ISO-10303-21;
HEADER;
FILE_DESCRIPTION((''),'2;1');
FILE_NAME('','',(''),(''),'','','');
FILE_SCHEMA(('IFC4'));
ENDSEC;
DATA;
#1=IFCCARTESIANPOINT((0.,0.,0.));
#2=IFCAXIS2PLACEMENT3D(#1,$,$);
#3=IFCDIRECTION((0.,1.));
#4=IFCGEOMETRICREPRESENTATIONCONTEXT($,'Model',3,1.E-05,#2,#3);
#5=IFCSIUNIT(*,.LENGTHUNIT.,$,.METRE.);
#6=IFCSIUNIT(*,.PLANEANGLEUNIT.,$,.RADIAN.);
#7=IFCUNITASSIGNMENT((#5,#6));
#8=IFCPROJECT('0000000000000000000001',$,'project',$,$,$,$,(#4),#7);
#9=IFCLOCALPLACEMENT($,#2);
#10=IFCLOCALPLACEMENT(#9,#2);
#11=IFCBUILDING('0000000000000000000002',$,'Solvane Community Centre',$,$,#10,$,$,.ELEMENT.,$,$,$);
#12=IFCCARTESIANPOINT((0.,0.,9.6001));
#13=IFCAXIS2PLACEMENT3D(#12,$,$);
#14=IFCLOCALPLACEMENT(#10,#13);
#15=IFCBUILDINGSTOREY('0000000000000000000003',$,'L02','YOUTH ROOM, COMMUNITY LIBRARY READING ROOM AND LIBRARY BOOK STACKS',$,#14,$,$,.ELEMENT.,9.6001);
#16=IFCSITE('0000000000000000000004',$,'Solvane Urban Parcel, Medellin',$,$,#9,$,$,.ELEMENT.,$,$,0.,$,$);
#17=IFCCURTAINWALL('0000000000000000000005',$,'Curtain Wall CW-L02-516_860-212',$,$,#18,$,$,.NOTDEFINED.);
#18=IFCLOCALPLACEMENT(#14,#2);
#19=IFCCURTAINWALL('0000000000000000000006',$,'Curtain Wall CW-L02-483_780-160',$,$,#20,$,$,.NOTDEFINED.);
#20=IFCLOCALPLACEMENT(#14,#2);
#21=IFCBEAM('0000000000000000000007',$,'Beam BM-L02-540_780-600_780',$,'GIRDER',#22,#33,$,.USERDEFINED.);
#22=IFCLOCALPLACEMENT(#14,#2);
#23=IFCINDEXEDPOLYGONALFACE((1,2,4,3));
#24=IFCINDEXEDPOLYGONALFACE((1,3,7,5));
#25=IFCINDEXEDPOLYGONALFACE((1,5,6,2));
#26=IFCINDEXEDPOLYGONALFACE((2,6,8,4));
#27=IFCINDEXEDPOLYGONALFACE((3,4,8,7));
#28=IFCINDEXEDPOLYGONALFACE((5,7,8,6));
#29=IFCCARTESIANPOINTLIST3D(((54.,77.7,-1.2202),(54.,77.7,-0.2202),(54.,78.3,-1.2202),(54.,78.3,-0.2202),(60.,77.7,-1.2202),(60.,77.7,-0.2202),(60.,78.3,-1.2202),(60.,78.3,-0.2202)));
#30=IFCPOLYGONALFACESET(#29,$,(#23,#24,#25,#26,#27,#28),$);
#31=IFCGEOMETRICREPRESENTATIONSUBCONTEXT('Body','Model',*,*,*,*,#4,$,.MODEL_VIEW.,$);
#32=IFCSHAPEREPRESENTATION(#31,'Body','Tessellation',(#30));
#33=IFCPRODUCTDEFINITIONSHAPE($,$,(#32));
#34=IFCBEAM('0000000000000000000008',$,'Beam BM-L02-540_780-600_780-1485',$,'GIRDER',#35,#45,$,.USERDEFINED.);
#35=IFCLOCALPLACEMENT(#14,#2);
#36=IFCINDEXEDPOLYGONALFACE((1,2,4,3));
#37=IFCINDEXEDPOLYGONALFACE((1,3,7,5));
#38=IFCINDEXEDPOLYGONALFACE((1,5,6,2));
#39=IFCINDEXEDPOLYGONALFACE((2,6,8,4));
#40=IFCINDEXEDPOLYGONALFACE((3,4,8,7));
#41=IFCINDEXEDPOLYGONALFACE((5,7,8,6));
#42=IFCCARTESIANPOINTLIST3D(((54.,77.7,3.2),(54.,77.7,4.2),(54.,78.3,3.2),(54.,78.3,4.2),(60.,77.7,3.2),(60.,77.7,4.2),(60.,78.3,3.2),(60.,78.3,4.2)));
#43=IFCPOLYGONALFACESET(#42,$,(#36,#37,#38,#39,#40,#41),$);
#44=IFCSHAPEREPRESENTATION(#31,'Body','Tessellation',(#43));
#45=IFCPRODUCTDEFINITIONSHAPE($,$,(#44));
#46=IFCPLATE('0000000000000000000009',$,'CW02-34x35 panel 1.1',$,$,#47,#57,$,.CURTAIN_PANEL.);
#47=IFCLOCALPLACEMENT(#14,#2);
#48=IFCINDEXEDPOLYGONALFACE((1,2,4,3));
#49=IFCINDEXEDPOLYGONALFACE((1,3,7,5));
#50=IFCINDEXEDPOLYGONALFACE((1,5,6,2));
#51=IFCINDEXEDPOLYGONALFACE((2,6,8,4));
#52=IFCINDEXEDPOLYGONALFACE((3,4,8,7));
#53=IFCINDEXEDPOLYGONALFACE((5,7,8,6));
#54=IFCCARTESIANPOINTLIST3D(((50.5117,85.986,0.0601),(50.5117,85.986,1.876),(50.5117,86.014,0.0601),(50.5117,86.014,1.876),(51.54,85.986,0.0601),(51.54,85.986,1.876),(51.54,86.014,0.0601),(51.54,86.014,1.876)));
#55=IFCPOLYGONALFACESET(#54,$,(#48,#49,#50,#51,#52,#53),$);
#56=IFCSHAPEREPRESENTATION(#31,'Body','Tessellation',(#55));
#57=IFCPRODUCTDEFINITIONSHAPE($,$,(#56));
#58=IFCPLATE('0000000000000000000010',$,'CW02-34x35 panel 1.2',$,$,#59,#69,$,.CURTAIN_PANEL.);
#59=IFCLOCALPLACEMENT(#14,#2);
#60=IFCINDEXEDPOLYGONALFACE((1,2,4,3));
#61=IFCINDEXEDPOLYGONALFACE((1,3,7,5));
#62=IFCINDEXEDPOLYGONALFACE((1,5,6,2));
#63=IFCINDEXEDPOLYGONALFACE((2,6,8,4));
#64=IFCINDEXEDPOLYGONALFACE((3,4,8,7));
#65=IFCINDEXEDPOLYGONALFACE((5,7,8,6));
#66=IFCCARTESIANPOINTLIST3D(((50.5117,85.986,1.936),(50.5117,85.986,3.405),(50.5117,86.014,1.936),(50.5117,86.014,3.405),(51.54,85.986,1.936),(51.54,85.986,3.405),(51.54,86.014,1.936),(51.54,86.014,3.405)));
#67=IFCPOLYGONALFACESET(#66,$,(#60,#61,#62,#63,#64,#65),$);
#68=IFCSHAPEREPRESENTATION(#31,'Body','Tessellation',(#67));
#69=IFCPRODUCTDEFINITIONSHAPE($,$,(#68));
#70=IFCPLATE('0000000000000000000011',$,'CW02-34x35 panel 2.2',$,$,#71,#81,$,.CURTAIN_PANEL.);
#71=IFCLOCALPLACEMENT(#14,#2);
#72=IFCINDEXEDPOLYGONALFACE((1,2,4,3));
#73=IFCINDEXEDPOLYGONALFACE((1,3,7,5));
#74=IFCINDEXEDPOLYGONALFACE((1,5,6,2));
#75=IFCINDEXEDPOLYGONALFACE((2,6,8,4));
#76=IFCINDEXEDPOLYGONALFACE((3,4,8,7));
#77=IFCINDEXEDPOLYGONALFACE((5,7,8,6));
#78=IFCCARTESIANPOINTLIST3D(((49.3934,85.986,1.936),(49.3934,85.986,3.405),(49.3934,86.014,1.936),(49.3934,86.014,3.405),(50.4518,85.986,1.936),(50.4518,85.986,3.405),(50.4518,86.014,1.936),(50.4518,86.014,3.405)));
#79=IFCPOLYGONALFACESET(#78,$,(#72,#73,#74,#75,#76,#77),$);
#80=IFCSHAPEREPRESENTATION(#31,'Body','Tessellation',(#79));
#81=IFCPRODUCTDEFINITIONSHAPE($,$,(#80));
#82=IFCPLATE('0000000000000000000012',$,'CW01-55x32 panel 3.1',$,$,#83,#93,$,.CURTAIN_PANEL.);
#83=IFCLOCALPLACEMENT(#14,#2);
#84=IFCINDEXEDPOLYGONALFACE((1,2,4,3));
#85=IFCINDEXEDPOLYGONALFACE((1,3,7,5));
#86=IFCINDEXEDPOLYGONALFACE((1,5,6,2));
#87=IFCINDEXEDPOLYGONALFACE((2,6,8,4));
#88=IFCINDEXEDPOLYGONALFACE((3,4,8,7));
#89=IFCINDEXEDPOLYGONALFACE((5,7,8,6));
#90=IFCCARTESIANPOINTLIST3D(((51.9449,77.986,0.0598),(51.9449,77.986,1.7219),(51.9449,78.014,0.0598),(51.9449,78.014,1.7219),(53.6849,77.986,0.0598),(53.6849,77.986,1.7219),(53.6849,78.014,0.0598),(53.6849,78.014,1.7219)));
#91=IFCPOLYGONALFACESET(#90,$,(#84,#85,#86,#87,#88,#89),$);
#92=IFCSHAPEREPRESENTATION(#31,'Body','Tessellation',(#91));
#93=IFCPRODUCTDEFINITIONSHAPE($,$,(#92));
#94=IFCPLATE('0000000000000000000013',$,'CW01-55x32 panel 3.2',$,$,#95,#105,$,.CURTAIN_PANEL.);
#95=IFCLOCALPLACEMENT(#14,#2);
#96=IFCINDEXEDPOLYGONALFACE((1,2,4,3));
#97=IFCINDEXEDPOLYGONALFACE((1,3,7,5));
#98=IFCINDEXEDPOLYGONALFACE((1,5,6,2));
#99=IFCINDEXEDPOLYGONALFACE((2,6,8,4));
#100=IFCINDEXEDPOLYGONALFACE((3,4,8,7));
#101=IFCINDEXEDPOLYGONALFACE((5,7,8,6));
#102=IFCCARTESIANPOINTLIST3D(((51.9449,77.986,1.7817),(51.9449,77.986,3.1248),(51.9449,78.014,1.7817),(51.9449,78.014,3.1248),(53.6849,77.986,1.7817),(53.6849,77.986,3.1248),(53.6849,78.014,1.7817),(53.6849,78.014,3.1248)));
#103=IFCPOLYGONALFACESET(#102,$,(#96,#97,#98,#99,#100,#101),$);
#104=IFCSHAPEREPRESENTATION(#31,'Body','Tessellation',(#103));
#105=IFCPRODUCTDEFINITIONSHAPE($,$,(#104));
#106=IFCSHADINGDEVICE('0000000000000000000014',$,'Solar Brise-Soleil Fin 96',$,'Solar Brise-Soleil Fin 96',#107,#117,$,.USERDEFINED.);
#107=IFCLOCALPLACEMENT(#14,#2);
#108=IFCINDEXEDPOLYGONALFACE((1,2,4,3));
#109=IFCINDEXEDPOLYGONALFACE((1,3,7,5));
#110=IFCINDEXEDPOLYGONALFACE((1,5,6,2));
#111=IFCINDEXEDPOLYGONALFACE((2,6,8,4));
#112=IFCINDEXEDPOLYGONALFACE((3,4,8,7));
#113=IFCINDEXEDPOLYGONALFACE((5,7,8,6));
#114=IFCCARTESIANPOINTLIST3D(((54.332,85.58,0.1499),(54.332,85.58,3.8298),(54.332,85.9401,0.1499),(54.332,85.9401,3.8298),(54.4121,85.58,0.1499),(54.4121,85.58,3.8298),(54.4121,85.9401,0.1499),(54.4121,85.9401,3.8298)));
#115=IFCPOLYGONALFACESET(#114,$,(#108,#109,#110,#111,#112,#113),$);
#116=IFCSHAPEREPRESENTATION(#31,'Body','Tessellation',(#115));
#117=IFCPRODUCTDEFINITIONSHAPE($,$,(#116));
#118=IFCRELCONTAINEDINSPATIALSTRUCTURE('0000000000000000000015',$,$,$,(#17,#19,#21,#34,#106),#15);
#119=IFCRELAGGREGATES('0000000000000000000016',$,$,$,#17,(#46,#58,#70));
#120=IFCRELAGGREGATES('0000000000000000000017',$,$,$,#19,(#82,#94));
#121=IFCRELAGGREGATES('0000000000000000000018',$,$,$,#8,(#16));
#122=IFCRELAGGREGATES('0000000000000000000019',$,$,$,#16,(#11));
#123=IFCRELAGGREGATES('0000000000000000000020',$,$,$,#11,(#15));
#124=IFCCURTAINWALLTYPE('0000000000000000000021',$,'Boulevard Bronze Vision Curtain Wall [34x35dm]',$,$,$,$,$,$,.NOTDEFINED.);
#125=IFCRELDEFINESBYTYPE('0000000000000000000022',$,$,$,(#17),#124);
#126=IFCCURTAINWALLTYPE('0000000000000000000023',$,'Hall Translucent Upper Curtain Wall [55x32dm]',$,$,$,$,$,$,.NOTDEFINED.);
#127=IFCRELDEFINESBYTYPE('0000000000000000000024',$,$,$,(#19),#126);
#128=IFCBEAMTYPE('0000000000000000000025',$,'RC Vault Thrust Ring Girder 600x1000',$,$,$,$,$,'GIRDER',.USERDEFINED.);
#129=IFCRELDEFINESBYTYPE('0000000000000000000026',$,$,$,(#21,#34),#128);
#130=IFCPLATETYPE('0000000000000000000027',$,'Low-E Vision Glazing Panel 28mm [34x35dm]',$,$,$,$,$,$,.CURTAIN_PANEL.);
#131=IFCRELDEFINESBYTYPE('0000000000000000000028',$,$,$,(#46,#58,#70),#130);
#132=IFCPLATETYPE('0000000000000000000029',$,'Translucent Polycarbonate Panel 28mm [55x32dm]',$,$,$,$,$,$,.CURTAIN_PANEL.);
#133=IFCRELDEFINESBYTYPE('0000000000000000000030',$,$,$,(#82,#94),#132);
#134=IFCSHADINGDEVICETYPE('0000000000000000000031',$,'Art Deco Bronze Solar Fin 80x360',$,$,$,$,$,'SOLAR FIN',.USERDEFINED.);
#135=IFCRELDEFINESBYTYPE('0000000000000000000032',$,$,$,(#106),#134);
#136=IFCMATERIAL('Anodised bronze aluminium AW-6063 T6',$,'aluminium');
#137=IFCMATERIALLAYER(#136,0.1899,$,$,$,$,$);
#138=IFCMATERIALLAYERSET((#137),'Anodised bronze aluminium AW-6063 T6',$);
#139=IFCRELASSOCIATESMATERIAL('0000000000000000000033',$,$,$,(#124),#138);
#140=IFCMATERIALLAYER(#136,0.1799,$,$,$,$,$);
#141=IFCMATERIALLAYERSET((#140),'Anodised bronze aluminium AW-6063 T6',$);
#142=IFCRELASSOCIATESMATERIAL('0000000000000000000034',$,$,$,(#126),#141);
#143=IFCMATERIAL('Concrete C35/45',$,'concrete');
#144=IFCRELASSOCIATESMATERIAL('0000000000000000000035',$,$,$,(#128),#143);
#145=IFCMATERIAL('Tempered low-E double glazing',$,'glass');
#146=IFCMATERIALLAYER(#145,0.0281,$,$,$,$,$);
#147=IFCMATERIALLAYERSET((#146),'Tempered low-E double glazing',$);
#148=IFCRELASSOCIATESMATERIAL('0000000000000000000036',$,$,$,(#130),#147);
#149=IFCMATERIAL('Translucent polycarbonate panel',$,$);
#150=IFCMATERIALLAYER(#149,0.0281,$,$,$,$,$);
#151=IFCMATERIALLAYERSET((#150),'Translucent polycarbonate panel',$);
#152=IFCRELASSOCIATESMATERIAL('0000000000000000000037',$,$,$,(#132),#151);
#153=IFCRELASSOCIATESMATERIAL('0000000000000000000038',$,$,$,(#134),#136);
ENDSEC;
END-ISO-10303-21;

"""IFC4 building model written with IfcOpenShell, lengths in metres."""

from ifc_helpers import new_model, si_unit, direction, frame, origin, origin_2d, place, context, subcontext, project, spatial, rectangle, extrude, material, layer, layer_set, material_profile, profile_set, type_object, element, aggregate, save


model = new_model("IFC4")

# Units and contexts
model_context = context("Model", 3, precision=1e-05, world=origin(), true_north=direction((0.0, 1.0)))
body_context = subcontext(model_context, "Body", "Model", "MODEL_VIEW")
ifc_project = project(units=[si_unit("LENGTHUNIT", "METRE"), si_unit("PLANEANGLEUNIT", "RADIAN")], contexts=[model_context])

# Site, building, storey
site_placement = place(None, origin())
site = spatial("IfcSite", under=ifc_project, at=site_placement, Name="Solvane Urban Parcel, Medellin", CompositionType="ELEMENT", RefElevation=0.0)
building_placement = place(site_placement, origin())
building = spatial("IfcBuilding", under=site, at=building_placement, Name="Solvane Community Centre", CompositionType="ELEMENT")
storey_placement = place(building_placement, frame((0.0, 0.0, 9.6001)))
storey = spatial("IfcBuildingStorey", under=building, at=storey_placement, Name="L02", Description="YOUTH ROOM, COMMUNITY LIBRARY READING ROOM AND LIBRARY BOOK STACKS", CompositionType="ELEMENT", Elevation=9.6001)

# Curtain wall
ifc_material_1 = material(Name="Anodised bronze aluminium AW-6063 T6", Category="aluminium")
ifc_layer_1 = layer(ifc_material_1, 0.1899)
ifc_layer_set_1 = layer_set([ifc_layer_1], Name="Anodised bronze aluminium AW-6063 T6")
curtain_wall_type_1 = type_object("IfcCurtainWallType", Name="Boulevard Bronze Vision Curtain Wall [34x35dm]", PredefinedType="NOTDEFINED", material=ifc_layer_set_1)
curtain_wall_1_placement = place(storey_placement, origin())
curtain_wall_1 = element("IfcCurtainWall", 1, at=curtain_wall_1_placement, inside=storey, type_object=curtain_wall_type_1, Name="Curtain Wall CW-L02-516_860-212", PredefinedType="NOTDEFINED")

# Curtain wall
ifc_layer_2 = layer(ifc_material_1, 0.1799)
ifc_layer_set_2 = layer_set([ifc_layer_2], Name="Anodised bronze aluminium AW-6063 T6")
curtain_wall_type_2 = type_object("IfcCurtainWallType", Name="Hall Translucent Upper Curtain Wall [55x32dm]", PredefinedType="NOTDEFINED", material=ifc_layer_set_2)
curtain_wall_2_placement = place(storey_placement, origin())
curtain_wall_2 = element("IfcCurtainWall", 2, at=curtain_wall_2_placement, inside=storey, type_object=curtain_wall_type_2, Name="Curtain Wall CW-L02-483_780-160", PredefinedType="NOTDEFINED")

# Beams
ifc_material_2 = material(Name="Concrete C35/45", Category="concrete")
ifc_material_profile_1 = material_profile(ifc_material_2, rectangle(XDim=0.6001, YDim=1.0, at=origin_2d()), Name="RC 600x1000")
ifc_profile_set_1 = profile_set([ifc_material_profile_1], Name="Concrete C35/45")
beam_type = type_object("IfcBeamType", Name="RC Vault Thrust Ring Girder 600x1000", ElementType="GIRDER", PredefinedType="USERDEFINED", material=ifc_profile_set_1)
for number, where, z_axis, x_axis, name in (
    (3, (54.0, 78.0, -0.7202), (1.0, 0.0, 0.0), (0.0, 1.0, 0.0), "Beam BM-L02-540_780-600_780"),
    (4, (54.0, 78.0, 3.7), (1.0, 0.0, 0.0), (0.0, 1.0, 0.0), "Beam BM-L02-540_780-600_780-1485"),
):
    element("IfcBeam", number, at=place(storey_placement, frame(where, z_axis=z_axis, x_axis=x_axis)), inside=storey, type_object=beam_type, Name=name, ObjectType="GIRDER", PredefinedType="USERDEFINED", context=body_context, shape_type="SweptSolid", body=[
        extrude(rectangle(XDim=0.6001, YDim=1.0, at=origin_2d()), origin(), (0.0, 0.0, 1.0), 6.0),
    ])

# Plates
ifc_material_3 = material(Name="Tempered low-E double glazing", Category="glass")
ifc_layer_3 = layer(ifc_material_3, 0.0281)
ifc_layer_set_3 = layer_set([ifc_layer_3], Name="Tempered low-E double glazing")
plate_type_1 = type_object("IfcPlateType", Name="Low-E Vision Glazing Panel 28mm [34x35dm]", PredefinedType="CURTAIN_PANEL", material=ifc_layer_set_3)
plate_1_placement = place(storey_placement, frame((51.0259, 86.0, 0.0601), z_axis=(0.0, 0.0, 1.0), x_axis=(-1.0, 0.0, 0.0)))
plate_1 = element("IfcPlate", 5, at=plate_1_placement, type_object=plate_type_1, Name="CW02-34x35 panel 1.1", PredefinedType="CURTAIN_PANEL", context=body_context, shape_type="SweptSolid", body=[
    extrude(rectangle(XDim=1.0283, YDim=0.0281, at=origin_2d()), origin(), (0.0, 0.0, 1.0), 1.8159),
])
plate_2_placement = place(storey_placement, frame((51.0259, 86.0, 1.936), z_axis=(0.0, 0.0, 1.0), x_axis=(-1.0, 0.0, 0.0)))
plate_2 = element("IfcPlate", 6, at=plate_2_placement, type_object=plate_type_1, Name="CW02-34x35 panel 1.2", PredefinedType="CURTAIN_PANEL", context=body_context, shape_type="SweptSolid", body=[
    extrude(rectangle(XDim=1.0283, YDim=0.0281, at=origin_2d()), origin(), (0.0, 0.0, 1.0), 1.469),
])
plate_3_placement = place(storey_placement, frame((49.9226, 86.0, 1.936), z_axis=(0.0, 0.0, 1.0), x_axis=(-1.0, 0.0, 0.0)))
plate_3 = element("IfcPlate", 7, at=plate_3_placement, type_object=plate_type_1, Name="CW02-34x35 panel 2.2", PredefinedType="CURTAIN_PANEL", context=body_context, shape_type="SweptSolid", body=[
    extrude(rectangle(XDim=1.0583, YDim=0.0281, at=origin_2d()), origin(), (0.0, 0.0, 1.0), 1.469),
])
aggregate(curtain_wall_1, [plate_1, plate_2, plate_3])
ifc_material_4 = material(Name="Translucent polycarbonate panel")
ifc_layer_4 = layer(ifc_material_4, 0.0281)
ifc_layer_set_4 = layer_set([ifc_layer_4], Name="Translucent polycarbonate panel")
plate_type_2 = type_object("IfcPlateType", Name="Translucent Polycarbonate Panel 28mm [55x32dm]", PredefinedType="CURTAIN_PANEL", material=ifc_layer_set_4)
plate_4_placement = place(storey_placement, frame((52.8149, 78.0, 0.0598), z_axis=(0.0, 0.0, 1.0), x_axis=(1.0, 0.0, 0.0)))
plate_4 = element("IfcPlate", 8, at=plate_4_placement, type_object=plate_type_2, Name="CW01-55x32 panel 3.1", PredefinedType="CURTAIN_PANEL", context=body_context, shape_type="SweptSolid", body=[
    extrude(rectangle(XDim=1.74, YDim=0.0281, at=origin_2d()), origin(), (0.0, 0.0, 1.0), 1.6621),
])
plate_5_placement = place(storey_placement, frame((52.8149, 78.0, 1.7817), z_axis=(0.0, 0.0, 1.0), x_axis=(1.0, 0.0, 0.0)))
plate_5 = element("IfcPlate", 9, at=plate_5_placement, type_object=plate_type_2, Name="CW01-55x32 panel 3.2", PredefinedType="CURTAIN_PANEL", context=body_context, shape_type="SweptSolid", body=[
    extrude(rectangle(XDim=1.74, YDim=0.0281, at=origin_2d()), origin(), (0.0, 0.0, 1.0), 1.343),
])
aggregate(curtain_wall_2, [plate_4, plate_5])

# Shading device
shading_device_type = type_object("IfcShadingDeviceType", Name="Art Deco Bronze Solar Fin 80x360", ElementType="SOLAR FIN", PredefinedType="USERDEFINED", material=ifc_material_1)
shading_device_placement = place(storey_placement, frame((54.3721, 85.76, 0.1499), z_axis=(0.0, 0.0, 1.0), x_axis=(-1.0, 0.0, 0.0)))
element("IfcShadingDevice", 10, at=shading_device_placement, inside=storey, type_object=shading_device_type, Name="Solar Brise-Soleil Fin 96", ObjectType="Solar Brise-Soleil Fin 96", PredefinedType="USERDEFINED", context=body_context, shape_type="SweptSolid", body=[
    extrude(rectangle(XDim=0.0801, YDim=0.3601, at=origin_2d()), origin(), (0.0, 0.0, 1.0), 3.6799),
])

save(model, "model.ifc")
